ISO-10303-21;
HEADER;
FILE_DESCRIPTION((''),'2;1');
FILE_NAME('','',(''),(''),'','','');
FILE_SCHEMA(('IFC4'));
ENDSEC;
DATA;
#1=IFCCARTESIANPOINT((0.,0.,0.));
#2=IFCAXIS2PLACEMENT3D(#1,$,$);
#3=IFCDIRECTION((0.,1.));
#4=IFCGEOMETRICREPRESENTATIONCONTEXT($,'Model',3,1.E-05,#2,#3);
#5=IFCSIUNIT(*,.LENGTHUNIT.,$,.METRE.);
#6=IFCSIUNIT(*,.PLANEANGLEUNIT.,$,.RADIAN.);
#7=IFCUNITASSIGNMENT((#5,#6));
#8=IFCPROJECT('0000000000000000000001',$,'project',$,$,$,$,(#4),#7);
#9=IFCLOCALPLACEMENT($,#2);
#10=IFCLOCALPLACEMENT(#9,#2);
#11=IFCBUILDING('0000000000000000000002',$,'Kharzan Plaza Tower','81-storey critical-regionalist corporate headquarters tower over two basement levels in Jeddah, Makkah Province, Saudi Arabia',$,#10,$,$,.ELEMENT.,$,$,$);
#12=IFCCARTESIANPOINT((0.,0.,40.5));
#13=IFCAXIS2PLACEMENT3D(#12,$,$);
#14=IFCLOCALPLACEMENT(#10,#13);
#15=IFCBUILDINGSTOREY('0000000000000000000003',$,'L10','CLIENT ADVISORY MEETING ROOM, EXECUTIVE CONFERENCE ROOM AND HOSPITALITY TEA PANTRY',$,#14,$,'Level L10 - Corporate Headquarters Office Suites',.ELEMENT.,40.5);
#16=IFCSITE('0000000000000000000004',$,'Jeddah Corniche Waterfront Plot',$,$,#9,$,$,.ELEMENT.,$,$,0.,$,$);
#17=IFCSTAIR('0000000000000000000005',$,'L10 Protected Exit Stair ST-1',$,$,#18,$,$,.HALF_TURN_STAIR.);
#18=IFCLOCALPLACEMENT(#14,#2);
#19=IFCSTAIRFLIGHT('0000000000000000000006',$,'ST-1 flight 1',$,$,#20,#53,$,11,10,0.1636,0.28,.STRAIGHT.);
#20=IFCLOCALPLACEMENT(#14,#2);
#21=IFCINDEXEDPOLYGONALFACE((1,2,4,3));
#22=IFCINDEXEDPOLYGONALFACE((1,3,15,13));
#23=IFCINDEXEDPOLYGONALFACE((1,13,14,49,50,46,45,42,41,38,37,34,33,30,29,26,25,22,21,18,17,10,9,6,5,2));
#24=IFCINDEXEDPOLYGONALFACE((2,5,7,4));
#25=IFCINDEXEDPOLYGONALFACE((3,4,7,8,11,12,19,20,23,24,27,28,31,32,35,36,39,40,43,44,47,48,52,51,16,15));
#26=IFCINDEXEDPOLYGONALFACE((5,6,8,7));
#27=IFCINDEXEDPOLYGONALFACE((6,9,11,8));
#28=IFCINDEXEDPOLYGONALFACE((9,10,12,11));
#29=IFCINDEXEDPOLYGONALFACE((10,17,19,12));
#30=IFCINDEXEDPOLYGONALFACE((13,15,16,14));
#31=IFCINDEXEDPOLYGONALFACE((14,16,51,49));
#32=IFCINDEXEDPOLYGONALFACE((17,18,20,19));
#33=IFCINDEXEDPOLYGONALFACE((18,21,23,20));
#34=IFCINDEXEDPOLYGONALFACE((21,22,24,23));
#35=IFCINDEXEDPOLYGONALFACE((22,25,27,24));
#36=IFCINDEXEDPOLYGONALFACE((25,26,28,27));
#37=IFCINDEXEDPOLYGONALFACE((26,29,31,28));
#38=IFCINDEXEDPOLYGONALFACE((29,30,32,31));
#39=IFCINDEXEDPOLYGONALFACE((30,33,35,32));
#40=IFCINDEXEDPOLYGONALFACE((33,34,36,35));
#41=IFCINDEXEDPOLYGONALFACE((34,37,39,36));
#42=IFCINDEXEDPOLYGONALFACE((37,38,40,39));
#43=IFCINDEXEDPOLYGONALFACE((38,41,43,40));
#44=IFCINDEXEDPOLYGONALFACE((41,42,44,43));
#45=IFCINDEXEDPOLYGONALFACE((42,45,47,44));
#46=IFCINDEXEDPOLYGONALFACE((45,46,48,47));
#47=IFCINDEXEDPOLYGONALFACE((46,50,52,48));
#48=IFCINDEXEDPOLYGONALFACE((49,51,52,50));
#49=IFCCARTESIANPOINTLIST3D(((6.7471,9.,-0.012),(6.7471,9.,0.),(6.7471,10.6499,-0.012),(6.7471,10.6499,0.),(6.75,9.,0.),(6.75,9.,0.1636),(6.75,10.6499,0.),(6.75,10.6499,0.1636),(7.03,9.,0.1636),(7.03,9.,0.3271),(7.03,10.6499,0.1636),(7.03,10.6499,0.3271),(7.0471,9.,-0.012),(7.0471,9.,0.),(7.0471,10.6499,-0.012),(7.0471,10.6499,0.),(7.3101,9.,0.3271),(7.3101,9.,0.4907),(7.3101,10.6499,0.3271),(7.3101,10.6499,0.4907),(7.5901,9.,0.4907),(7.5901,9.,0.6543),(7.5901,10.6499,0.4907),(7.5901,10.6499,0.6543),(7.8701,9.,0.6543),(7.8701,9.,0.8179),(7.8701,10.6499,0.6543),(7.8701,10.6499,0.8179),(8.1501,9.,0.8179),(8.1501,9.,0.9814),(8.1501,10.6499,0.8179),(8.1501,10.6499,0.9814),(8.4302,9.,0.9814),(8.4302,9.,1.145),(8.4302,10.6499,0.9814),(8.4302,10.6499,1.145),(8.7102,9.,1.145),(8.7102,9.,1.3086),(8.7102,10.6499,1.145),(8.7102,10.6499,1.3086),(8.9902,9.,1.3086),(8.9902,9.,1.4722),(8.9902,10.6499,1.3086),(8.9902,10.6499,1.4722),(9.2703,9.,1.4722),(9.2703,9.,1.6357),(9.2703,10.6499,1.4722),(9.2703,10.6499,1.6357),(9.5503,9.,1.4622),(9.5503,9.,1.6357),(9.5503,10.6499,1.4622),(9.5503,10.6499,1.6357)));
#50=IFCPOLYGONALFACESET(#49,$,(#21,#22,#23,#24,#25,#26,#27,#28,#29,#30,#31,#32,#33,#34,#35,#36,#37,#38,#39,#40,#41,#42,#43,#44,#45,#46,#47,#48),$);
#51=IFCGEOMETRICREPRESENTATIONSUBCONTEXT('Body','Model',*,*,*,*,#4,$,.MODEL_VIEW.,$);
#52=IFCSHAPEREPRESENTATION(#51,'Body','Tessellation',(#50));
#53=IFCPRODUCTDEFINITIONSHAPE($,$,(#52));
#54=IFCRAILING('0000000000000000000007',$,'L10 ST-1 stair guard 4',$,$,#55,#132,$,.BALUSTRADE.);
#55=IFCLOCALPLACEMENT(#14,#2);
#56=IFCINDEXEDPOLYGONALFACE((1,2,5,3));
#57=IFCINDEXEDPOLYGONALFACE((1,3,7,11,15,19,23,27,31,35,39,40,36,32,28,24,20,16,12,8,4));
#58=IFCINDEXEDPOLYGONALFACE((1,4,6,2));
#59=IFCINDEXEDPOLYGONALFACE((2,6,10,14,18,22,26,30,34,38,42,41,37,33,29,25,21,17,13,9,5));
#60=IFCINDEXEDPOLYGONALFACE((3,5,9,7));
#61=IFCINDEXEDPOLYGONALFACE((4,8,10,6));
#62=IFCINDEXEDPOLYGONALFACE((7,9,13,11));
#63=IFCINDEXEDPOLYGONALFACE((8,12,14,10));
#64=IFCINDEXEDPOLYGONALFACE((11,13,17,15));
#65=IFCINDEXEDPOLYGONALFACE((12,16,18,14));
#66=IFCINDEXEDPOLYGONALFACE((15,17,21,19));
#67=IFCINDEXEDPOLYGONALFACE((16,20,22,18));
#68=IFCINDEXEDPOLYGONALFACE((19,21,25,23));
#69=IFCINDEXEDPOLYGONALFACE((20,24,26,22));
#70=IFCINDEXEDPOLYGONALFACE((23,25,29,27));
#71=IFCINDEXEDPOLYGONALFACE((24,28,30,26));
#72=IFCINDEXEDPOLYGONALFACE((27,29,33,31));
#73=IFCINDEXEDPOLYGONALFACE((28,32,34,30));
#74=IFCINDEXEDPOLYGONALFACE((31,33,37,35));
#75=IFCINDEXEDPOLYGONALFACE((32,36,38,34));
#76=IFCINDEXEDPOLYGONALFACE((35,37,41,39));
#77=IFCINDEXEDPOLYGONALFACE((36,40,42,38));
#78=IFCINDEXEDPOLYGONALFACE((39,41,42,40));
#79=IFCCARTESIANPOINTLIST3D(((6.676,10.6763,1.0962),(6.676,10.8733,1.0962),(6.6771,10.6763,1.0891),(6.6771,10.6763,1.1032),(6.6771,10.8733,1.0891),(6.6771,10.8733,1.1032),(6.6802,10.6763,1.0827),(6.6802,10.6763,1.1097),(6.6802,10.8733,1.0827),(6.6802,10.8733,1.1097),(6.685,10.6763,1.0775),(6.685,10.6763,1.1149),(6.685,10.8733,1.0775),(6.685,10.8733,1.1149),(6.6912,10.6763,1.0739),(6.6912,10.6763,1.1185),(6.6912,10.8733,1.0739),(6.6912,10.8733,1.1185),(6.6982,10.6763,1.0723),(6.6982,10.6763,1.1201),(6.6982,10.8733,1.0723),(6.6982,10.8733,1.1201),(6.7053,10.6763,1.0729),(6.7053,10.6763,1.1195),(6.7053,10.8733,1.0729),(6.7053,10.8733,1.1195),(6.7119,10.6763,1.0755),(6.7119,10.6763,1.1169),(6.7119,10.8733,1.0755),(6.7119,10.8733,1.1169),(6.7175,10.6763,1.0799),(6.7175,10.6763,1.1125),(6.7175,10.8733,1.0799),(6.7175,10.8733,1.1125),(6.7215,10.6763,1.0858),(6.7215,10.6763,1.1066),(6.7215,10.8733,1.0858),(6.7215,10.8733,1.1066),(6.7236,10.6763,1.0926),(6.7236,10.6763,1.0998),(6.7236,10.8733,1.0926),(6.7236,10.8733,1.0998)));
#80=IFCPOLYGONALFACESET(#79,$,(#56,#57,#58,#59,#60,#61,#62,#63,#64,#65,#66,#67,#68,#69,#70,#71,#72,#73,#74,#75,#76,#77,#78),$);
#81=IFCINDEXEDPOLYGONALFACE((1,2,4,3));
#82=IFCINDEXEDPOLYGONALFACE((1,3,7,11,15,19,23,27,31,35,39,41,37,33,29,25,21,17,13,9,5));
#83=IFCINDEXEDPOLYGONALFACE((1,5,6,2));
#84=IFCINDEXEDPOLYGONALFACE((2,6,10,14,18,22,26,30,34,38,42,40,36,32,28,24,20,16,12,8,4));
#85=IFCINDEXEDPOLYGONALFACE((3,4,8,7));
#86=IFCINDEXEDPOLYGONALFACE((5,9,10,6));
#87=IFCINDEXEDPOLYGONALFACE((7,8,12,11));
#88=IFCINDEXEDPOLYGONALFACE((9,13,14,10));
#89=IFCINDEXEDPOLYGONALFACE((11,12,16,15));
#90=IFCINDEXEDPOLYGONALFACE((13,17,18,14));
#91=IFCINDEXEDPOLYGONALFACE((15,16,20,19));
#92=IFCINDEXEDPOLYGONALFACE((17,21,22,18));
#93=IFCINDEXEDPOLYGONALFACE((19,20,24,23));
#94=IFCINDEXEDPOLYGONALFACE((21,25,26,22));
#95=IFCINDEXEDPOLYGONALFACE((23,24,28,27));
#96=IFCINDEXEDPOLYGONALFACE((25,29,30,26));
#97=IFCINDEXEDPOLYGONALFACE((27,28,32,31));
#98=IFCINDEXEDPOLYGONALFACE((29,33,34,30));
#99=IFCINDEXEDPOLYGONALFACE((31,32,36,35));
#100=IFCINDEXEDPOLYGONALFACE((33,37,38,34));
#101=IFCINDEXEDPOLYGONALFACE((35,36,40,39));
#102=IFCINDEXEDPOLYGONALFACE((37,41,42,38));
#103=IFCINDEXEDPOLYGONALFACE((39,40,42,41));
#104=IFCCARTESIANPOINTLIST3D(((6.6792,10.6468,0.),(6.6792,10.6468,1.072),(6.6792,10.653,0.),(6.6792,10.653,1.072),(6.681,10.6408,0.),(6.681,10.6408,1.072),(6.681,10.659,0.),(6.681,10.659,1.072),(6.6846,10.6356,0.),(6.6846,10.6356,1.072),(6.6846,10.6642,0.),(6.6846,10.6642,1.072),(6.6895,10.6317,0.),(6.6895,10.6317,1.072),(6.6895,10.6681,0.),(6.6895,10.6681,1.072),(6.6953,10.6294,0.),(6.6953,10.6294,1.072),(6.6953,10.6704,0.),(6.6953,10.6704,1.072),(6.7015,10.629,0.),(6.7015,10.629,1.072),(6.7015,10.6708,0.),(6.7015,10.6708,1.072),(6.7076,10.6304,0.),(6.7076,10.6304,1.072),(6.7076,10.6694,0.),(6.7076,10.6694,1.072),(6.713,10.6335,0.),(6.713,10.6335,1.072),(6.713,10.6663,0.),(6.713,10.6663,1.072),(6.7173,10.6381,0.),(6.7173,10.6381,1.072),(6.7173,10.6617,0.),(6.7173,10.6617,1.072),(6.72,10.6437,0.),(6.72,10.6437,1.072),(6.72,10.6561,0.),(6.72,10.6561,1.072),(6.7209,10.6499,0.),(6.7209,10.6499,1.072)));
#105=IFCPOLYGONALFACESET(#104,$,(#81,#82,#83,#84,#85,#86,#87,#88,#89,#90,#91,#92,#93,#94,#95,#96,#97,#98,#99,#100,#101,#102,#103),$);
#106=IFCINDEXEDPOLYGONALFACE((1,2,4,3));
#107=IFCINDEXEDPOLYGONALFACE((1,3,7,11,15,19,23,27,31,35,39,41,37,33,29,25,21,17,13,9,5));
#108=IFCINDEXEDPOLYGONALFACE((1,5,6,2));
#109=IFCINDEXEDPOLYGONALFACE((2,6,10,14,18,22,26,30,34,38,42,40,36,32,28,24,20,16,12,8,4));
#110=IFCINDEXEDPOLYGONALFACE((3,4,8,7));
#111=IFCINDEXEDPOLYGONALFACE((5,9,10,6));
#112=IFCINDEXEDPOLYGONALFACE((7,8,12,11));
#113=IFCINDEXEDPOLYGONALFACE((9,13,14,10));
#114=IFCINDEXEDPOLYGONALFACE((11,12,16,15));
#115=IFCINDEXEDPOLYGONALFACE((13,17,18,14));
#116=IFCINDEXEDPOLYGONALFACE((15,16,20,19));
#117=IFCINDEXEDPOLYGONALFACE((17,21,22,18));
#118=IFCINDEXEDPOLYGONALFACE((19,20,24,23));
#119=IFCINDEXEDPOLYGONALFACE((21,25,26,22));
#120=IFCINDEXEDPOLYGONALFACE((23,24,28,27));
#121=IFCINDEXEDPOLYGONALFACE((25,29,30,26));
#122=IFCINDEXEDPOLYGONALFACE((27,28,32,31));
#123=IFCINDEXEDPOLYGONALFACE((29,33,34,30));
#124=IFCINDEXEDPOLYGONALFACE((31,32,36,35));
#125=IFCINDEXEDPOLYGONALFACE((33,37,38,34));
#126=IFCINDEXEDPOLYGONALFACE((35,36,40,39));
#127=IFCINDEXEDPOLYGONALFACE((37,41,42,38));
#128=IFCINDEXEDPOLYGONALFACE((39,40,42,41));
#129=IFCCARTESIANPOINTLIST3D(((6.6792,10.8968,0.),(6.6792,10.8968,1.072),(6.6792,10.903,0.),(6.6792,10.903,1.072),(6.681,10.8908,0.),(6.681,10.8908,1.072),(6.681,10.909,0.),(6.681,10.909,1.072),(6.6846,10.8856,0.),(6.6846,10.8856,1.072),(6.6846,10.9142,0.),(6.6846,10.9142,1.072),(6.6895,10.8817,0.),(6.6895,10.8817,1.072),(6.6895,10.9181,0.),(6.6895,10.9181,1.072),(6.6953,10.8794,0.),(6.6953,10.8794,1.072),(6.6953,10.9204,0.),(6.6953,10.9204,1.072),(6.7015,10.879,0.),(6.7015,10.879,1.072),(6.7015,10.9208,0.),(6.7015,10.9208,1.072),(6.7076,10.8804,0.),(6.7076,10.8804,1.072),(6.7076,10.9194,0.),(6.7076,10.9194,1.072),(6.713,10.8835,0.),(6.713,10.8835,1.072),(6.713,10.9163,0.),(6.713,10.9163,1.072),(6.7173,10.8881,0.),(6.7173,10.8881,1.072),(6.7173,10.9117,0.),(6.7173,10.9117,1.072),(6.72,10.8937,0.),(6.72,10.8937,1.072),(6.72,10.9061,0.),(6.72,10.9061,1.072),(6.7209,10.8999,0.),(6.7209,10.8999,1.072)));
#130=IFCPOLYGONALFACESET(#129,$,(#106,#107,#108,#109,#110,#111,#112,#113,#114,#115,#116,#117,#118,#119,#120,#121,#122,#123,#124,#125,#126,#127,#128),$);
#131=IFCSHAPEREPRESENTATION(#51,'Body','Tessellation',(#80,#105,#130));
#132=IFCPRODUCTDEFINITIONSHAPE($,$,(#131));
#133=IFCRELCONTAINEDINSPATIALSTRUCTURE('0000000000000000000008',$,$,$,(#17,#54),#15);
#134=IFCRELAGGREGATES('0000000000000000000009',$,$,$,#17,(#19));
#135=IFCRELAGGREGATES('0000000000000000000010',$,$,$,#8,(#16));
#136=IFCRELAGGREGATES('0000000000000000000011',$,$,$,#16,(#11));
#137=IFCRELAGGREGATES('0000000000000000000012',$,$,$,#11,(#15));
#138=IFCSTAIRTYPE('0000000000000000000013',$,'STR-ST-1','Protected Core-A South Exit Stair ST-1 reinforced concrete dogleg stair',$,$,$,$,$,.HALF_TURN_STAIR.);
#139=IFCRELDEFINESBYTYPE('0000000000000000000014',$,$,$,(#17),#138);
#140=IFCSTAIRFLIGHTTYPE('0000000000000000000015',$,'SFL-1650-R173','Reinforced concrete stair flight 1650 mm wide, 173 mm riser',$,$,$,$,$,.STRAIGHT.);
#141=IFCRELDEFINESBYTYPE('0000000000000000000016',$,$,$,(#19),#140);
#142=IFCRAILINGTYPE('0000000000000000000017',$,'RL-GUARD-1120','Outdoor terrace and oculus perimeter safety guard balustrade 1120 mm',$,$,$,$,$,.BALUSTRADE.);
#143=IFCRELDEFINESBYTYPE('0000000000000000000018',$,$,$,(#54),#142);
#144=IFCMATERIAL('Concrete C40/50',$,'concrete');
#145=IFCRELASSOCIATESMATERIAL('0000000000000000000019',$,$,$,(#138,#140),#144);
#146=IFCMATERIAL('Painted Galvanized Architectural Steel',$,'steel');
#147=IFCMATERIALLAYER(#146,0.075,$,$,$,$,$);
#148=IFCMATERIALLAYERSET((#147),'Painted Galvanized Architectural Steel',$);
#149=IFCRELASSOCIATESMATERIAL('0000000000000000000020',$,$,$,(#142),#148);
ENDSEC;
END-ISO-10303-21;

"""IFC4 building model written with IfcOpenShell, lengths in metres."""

from ifc_helpers import new_model, si_unit, direction, frame, origin, origin_2d, place, context, subcontext, project, spatial, polyline, circle, outline, extrude, source, transform, mapped, material, layer, layer_set, type_object, element, aggregate, save


model = new_model("IFC4")

# Units and contexts
model_context = context("Model", 3, precision=1e-05, world=origin(), true_north=direction((0.0, 1.0)))
body_context = subcontext(model_context, "Body", "Model", "MODEL_VIEW")
ifc_project = project(units=[si_unit("LENGTHUNIT", "METRE"), si_unit("PLANEANGLEUNIT", "RADIAN")], contexts=[model_context])

# Site, building, storey
site_placement = place(None, origin())
site = spatial("IfcSite", under=ifc_project, at=site_placement, Name="Jeddah Corniche Waterfront Plot", CompositionType="ELEMENT", RefElevation=0.0)
building_placement = place(site_placement, origin())
building = spatial("IfcBuilding", under=site, at=building_placement, Name="Kharzan Plaza Tower", Description="81-storey critical-regionalist corporate headquarters tower over two basement levels in Jeddah, Makkah Province, Saudi Arabia", CompositionType="ELEMENT")
storey_placement = place(building_placement, frame((0.0, 0.0, 40.5)))
storey = spatial("IfcBuildingStorey", under=building, at=storey_placement, Name="L10", Description="CLIENT ADVISORY MEETING ROOM, EXECUTIVE CONFERENCE ROOM AND HOSPITALITY TEA PANTRY", LongName="Level L10 - Corporate Headquarters Office Suites", CompositionType="ELEMENT", Elevation=40.5)

# Shared definitions
ifc_material_1 = material(Name="Concrete C40/50", Category="concrete")

# Stair, stair flight
stair_type = type_object("IfcStairType", Name="STR-ST-1", Description="Protected Core-A South Exit Stair ST-1 reinforced concrete dogleg stair", PredefinedType="HALF_TURN_STAIR", material=ifc_material_1)
stair_placement = place(storey_placement, origin())
stair = element("IfcStair", 1, at=stair_placement, inside=storey, type_object=stair_type, Name="L10 Protected Exit Stair ST-1", PredefinedType="HALF_TURN_STAIR")
stair_flight_type = type_object("IfcStairFlightType", Name="SFL-1650-R173", Description="Reinforced concrete stair flight 1650 mm wide, 173 mm riser", PredefinedType="STRAIGHT", material=ifc_material_1)
shared_shape_1 = source(origin(), body_context, "Body", "SweptSolid", [
    extrude(outline(polyline([(-0.0029, -0.012), (-0.0029, 0.0), (0.0, 0.0), (0.0, 0.1636), (0.28, 0.1636), (0.28, 0.3271), (0.5601, 0.3271), (0.5601, 0.4907), (0.8401, 0.4907), (0.8401, 0.6543), (1.1201, 0.6543), (1.1201, 0.8179), (1.4001, 0.8179), (1.4001, 0.9814), (1.6802, 0.9814), (1.6802, 1.145), (1.9602, 1.145), (1.9602, 1.3086), (2.2402, 1.3086), (2.2402, 1.4722), (2.5203, 1.4722), (2.5203, 1.6357), (2.8003, 1.6357), (2.8003, 1.7993), (2.8003, 1.4622), (0.2971, 0.0), (0.2971, -0.012), (-0.0029, -0.012)])), frame((0.0, 0.825, 0.0), z_axis=(0.0, -1.0, 0.0), x_axis=(1.0, 0.0, 0.0)), (0.0, 0.0, 1.0), 1.6499),
])
stair_flight_placement = place(storey_placement, frame((6.75, 9.825, 0.0), z_axis=(0.0, 0.0, 1.0), x_axis=(1.0, 0.0, 0.0)))
stair_flight = element("IfcStairFlight", 2, at=stair_flight_placement, type_object=stair_flight_type, Name="ST-1 flight 1", NumberOfRisers=11, NumberOfTreads=10, PredefinedType="STRAIGHT", RiserHeight=0.1636, TreadLength=0.28, context=body_context, shape_type="MappedRepresentation", body=[
    mapped(shared_shape_1, transform((0.0, 0.0, 0.0), x_axis=(1.0, 0.0, 0.0), y_axis=(0.0, 1.0, 0.0), z_axis=(0.0, 0.0, 1.0))),
])
aggregate(stair, [stair_flight])

# Railing
ifc_material_2 = material(Name="Painted Galvanized Architectural Steel", Category="steel")
ifc_layer_1 = layer(ifc_material_2, 0.075)
ifc_layer_set_1 = layer_set([ifc_layer_1], Name="Painted Galvanized Architectural Steel")
railing_type_1 = type_object("IfcRailingType", Name="RL-GUARD-1120", Description="Outdoor terrace and oculus perimeter safety guard balustrade 1120 mm", PredefinedType="BALUSTRADE", material=ifc_layer_set_1)
shared_shape_2 = source(origin(), body_context, "Body", "SweptSolid", [
    extrude(circle(Radius=0.0239, at=origin_2d()), frame((0.0, 0.0264, 1.0962), z_axis=(0.0, 1.0, 0.0), x_axis=(-1.0, 0.0, 0.0)), (0.0, 0.0, 1.0), 0.197),
    extrude(circle(Radius=0.021, at=origin_2d()), origin(), (0.0, 0.0, 1.0), 1.072),
    extrude(circle(Radius=0.021, at=origin_2d()), frame((0.0, 0.25, 0.0)), (0.0, 0.0, 1.0), 1.072),
])
railing_1_placement = place(storey_placement, frame((6.7, 10.6499, 0.0)))
element("IfcRailing", 3, at=railing_1_placement, inside=storey, type_object=railing_type_1, Name="L10 ST-1 stair guard 4", PredefinedType="BALUSTRADE", context=body_context, shape_type="MappedRepresentation", body=[
    mapped(shared_shape_2, transform((0.0, 0.0, 0.0), x_axis=(1.0, 0.0, 0.0), y_axis=(0.0, 1.0, 0.0), z_axis=(0.0, 0.0, 1.0))),
])

save(model, "model.ifc")
